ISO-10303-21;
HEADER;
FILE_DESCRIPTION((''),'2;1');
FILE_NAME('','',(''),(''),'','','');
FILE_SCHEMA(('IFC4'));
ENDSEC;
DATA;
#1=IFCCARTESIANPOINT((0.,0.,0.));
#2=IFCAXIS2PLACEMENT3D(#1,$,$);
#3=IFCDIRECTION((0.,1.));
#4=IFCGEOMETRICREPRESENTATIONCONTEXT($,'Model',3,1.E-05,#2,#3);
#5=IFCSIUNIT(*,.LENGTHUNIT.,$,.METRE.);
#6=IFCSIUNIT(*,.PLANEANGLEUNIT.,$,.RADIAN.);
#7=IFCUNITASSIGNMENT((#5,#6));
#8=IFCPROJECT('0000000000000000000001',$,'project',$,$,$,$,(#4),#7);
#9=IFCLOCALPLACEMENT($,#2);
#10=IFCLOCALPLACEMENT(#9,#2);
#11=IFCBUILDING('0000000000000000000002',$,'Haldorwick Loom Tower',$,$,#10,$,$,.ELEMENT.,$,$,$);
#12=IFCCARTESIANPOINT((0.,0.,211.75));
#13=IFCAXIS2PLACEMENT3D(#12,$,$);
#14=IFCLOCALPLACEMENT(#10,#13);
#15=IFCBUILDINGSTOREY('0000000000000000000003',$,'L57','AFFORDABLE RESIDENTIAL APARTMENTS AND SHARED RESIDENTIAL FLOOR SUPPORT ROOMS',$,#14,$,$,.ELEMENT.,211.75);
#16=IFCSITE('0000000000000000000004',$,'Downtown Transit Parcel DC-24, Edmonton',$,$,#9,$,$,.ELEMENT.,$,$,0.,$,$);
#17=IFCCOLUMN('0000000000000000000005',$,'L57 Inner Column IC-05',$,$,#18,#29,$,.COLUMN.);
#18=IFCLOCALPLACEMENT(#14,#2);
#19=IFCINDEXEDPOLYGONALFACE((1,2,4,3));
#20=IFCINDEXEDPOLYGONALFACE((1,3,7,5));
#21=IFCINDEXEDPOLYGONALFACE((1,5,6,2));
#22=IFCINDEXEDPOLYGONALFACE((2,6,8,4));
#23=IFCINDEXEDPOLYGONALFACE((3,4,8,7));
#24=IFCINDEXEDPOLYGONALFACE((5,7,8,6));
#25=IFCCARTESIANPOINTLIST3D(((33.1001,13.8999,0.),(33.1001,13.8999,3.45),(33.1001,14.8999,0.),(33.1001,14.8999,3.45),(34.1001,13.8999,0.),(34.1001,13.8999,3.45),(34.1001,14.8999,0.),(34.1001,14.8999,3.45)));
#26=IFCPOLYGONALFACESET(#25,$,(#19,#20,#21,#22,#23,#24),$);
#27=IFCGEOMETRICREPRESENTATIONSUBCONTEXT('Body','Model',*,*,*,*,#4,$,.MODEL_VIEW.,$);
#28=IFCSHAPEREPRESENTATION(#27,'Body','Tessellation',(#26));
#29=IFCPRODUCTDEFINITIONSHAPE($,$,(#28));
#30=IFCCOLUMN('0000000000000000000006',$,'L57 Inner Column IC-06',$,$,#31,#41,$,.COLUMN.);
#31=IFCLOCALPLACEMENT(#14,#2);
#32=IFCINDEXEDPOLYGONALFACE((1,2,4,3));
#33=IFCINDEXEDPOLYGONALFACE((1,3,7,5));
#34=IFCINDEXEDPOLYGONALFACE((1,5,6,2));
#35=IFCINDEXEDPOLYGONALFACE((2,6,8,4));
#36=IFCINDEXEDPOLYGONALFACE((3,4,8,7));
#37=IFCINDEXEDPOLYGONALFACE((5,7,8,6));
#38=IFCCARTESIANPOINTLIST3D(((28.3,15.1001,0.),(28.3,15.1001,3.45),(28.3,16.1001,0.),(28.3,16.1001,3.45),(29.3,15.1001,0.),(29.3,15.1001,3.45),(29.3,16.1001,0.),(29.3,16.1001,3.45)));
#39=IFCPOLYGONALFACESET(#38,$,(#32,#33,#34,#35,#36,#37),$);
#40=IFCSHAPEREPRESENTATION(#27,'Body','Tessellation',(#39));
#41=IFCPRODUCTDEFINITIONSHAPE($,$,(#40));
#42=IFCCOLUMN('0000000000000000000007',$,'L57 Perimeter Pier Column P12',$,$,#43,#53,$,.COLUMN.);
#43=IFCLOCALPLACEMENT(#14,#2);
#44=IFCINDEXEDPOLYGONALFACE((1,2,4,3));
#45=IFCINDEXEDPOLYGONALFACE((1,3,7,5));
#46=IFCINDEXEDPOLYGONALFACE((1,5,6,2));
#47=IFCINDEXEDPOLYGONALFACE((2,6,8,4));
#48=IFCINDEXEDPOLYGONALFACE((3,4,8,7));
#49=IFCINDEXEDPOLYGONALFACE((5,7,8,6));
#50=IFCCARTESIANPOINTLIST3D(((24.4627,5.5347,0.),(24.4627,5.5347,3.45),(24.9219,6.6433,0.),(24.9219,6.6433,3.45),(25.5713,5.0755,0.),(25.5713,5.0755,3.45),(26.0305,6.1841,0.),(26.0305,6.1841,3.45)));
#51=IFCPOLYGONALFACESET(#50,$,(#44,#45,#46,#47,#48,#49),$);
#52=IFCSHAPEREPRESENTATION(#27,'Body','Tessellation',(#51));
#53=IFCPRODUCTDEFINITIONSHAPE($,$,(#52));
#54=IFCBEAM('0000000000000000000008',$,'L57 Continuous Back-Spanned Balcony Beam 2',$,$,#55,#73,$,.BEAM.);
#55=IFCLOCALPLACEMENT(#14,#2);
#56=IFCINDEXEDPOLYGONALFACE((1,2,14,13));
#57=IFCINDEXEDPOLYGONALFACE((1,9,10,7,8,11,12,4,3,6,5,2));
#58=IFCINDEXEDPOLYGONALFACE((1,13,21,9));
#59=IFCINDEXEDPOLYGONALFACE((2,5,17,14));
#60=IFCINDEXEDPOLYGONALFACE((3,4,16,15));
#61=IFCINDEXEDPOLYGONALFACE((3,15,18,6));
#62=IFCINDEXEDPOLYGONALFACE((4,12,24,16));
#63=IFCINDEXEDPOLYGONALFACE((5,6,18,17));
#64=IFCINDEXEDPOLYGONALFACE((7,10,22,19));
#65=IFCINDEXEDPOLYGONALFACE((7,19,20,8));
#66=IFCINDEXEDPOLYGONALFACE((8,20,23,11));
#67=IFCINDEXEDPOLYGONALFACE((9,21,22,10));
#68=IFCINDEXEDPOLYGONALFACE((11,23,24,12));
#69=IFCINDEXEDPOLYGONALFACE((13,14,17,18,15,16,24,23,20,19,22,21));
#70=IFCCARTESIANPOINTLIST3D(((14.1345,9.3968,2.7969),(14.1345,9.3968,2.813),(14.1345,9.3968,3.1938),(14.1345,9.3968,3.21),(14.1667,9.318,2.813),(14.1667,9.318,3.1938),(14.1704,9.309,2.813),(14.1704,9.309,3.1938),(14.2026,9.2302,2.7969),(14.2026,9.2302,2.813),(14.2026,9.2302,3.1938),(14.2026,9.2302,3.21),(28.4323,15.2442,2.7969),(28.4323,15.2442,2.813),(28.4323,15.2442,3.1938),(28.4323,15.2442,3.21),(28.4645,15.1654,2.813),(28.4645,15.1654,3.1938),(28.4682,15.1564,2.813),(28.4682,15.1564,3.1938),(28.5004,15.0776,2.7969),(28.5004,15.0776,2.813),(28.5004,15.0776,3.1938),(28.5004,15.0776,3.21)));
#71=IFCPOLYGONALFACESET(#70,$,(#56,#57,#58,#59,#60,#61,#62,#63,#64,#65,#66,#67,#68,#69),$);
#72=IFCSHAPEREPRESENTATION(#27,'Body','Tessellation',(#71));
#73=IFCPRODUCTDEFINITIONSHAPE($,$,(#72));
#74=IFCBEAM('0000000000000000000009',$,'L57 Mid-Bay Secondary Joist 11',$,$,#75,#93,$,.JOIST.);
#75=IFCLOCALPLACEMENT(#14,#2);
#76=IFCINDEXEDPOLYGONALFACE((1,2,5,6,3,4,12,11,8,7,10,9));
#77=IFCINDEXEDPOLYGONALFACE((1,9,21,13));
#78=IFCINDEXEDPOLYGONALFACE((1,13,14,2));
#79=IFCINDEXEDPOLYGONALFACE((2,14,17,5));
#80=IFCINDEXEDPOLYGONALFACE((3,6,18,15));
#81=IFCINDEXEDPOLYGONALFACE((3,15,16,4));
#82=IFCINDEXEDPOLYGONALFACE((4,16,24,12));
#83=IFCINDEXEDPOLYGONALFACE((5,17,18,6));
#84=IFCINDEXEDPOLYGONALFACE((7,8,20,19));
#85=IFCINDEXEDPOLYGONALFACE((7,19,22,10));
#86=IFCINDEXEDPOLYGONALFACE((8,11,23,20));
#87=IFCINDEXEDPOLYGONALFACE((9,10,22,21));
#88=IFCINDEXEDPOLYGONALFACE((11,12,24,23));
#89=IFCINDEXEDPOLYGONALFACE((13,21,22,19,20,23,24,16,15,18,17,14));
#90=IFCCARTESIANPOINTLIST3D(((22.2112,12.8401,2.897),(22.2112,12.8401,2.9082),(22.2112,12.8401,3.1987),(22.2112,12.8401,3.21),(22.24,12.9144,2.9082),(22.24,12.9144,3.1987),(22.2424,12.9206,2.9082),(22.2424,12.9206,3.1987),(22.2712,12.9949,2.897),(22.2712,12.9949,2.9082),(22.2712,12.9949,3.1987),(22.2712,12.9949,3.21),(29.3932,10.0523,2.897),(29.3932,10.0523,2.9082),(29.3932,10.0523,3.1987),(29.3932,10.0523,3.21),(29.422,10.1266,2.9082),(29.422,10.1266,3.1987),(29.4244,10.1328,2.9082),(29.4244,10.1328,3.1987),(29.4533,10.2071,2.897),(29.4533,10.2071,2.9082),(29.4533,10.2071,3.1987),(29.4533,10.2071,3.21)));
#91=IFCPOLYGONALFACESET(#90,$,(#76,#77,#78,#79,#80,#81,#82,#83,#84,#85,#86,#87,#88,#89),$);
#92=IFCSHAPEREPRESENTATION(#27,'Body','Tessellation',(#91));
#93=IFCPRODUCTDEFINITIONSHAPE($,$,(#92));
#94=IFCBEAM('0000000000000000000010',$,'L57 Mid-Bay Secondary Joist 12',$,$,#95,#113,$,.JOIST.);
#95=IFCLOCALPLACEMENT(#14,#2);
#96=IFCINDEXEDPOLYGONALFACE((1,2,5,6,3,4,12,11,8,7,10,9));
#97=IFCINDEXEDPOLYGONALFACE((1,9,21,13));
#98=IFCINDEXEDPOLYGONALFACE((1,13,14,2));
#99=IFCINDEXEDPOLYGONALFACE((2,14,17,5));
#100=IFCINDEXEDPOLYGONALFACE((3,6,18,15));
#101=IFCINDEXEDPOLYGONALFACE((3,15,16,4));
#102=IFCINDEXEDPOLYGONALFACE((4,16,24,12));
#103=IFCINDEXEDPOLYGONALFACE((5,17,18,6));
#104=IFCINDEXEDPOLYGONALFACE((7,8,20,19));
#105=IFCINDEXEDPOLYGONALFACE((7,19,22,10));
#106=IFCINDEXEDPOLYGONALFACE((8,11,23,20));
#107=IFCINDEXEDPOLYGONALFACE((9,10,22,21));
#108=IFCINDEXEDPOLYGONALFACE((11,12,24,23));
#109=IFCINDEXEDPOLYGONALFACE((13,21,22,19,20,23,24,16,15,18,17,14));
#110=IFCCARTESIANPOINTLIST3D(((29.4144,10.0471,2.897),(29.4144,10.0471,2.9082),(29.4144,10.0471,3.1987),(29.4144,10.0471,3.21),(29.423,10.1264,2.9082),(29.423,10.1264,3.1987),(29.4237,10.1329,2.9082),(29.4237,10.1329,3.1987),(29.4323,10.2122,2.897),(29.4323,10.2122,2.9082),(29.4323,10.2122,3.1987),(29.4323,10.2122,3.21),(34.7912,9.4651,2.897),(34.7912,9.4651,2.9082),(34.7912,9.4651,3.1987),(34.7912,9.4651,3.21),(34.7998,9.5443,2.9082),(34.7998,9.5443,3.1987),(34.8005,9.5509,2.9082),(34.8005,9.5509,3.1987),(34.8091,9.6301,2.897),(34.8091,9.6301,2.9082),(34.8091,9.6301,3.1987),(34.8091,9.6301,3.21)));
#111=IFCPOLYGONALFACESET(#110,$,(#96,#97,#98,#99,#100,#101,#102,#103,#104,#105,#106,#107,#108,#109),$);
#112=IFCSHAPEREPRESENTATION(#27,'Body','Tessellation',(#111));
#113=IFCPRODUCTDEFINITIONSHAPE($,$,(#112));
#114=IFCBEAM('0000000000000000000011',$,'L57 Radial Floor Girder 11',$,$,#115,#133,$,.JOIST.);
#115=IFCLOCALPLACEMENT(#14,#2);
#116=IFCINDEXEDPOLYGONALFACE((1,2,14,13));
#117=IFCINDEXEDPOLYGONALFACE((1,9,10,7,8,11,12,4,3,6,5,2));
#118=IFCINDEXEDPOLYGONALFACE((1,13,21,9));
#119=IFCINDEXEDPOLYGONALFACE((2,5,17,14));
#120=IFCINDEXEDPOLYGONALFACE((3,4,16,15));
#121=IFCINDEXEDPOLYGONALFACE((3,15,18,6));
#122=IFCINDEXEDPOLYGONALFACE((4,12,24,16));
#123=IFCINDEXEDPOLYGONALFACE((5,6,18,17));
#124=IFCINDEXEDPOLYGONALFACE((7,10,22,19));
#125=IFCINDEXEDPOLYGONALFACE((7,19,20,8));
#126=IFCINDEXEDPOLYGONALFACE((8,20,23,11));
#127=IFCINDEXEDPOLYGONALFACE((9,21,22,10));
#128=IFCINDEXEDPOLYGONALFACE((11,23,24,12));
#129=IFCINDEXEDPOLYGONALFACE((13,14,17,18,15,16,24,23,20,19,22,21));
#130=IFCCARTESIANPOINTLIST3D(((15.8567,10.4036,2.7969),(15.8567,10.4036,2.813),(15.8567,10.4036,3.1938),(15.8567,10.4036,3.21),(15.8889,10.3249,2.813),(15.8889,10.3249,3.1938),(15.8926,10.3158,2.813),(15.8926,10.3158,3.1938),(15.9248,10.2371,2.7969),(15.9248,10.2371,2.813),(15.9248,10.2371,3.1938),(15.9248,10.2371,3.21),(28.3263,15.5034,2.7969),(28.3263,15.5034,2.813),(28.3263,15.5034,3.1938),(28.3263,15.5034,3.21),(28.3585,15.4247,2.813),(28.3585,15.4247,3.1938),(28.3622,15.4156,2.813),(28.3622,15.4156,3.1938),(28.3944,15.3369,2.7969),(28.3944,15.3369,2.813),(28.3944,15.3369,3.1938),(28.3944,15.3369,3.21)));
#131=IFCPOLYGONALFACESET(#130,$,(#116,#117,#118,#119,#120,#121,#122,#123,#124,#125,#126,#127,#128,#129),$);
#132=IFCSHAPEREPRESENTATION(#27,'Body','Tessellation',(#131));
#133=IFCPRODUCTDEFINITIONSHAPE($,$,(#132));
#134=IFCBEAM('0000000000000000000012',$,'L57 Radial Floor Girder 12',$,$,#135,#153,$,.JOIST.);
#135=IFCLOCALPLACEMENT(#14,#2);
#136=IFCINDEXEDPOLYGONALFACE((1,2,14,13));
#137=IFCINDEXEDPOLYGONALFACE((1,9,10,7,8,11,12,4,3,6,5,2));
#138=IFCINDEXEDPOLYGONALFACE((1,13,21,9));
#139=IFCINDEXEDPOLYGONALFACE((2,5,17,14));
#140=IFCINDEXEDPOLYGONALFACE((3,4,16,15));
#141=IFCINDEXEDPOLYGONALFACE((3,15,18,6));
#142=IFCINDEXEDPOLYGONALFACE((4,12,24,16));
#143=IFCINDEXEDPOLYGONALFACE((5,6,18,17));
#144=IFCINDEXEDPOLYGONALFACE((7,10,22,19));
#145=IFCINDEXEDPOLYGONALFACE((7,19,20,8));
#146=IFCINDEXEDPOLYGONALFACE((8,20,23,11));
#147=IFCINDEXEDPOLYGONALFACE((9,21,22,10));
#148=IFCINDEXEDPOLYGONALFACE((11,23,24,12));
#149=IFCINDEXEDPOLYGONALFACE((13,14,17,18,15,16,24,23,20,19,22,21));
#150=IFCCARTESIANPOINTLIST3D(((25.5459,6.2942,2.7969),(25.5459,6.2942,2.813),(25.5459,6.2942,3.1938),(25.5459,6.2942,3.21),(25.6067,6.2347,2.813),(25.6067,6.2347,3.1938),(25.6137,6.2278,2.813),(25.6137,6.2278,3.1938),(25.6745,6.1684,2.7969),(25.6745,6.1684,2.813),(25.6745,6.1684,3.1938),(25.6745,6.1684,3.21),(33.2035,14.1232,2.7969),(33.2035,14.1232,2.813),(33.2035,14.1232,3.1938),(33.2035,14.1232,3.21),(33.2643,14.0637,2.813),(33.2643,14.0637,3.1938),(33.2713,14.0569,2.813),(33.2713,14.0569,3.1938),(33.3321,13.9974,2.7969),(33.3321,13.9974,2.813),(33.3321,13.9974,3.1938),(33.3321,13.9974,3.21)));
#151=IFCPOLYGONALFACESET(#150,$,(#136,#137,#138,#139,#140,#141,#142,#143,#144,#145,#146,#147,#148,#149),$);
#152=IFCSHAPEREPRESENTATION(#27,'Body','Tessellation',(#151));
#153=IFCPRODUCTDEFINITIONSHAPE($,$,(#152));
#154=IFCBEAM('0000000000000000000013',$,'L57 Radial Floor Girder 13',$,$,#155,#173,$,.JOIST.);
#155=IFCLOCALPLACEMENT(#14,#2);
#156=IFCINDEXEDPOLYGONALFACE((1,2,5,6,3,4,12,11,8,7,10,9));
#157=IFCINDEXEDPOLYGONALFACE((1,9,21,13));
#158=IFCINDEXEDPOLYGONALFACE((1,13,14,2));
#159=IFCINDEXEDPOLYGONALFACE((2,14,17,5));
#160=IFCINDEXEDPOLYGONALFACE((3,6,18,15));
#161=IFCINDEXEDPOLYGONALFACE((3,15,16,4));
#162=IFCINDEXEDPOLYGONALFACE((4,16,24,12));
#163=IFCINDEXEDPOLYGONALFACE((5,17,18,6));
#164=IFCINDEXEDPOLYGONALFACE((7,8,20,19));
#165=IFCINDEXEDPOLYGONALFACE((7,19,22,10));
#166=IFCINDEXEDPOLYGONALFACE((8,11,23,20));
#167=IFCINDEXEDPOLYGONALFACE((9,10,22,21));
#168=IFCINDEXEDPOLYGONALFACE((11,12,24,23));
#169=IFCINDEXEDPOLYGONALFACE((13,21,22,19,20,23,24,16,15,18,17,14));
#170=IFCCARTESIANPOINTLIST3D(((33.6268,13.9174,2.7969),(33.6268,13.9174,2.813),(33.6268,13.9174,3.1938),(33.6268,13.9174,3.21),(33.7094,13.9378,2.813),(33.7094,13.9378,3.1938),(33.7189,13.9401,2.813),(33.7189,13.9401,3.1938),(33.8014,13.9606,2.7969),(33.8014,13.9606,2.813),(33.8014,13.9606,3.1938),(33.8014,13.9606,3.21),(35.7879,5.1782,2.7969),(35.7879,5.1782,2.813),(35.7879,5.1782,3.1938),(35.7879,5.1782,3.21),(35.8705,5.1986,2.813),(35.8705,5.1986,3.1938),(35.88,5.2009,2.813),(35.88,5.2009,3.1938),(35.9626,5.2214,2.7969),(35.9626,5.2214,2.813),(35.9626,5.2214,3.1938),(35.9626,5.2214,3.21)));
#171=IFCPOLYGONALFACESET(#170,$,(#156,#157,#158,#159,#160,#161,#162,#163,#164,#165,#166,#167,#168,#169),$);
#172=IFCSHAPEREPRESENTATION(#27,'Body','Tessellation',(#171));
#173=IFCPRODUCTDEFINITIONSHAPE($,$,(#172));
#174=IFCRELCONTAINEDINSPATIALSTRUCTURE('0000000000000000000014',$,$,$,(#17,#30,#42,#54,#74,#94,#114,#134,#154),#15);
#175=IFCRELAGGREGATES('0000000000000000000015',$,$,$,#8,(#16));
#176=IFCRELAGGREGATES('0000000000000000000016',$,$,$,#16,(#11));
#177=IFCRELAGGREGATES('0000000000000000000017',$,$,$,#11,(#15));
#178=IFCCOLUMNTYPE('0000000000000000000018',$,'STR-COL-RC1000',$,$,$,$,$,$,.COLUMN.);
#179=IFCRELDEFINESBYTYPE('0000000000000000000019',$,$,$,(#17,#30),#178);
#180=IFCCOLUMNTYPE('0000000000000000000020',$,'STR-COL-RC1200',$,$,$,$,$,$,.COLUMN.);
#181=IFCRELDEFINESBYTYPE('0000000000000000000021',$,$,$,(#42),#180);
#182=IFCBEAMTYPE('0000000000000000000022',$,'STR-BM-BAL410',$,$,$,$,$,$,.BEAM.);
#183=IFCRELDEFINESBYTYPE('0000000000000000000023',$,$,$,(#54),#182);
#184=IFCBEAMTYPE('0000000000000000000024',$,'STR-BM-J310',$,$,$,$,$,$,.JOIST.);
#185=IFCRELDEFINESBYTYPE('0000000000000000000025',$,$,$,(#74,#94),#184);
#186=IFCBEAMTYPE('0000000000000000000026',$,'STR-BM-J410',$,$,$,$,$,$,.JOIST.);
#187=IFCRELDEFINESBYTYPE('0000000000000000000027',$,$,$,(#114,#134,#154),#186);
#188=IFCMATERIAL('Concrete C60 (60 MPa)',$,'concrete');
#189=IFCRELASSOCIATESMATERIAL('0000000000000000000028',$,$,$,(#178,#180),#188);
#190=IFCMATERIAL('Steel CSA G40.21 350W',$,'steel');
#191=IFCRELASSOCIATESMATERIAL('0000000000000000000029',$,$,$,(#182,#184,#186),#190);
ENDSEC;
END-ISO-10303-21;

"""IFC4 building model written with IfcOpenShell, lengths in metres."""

from ifc_helpers import new_model, si_unit, direction, frame, origin, origin_2d, place, context, subcontext, project, spatial, rectangle, i_section, extrude, material, material_profile, profile_set, type_object, element, save


model = new_model("IFC4")

# Units and contexts
model_context = context("Model", 3, precision=1e-05, world=origin(), true_north=direction((0.0, 1.0)))
body_context = subcontext(model_context, "Body", "Model", "MODEL_VIEW")
ifc_project = project(units=[si_unit("LENGTHUNIT", "METRE"), si_unit("PLANEANGLEUNIT", "RADIAN")], contexts=[model_context])

# Site, building, storey
site_placement = place(None, origin())
site = spatial("IfcSite", under=ifc_project, at=site_placement, Name="Downtown Transit Parcel DC-24, Edmonton", CompositionType="ELEMENT", RefElevation=0.0)
building_placement = place(site_placement, origin())
building = spatial("IfcBuilding", under=site, at=building_placement, Name="Haldorwick Loom Tower", CompositionType="ELEMENT")
storey_placement = place(building_placement, frame((0.0, 0.0, 211.75)))
storey = spatial("IfcBuildingStorey", under=building, at=storey_placement, Name="L57", Description="AFFORDABLE RESIDENTIAL APARTMENTS AND SHARED RESIDENTIAL FLOOR SUPPORT ROOMS", CompositionType="ELEMENT", Elevation=211.75)

# Columns
ifc_material_1 = material(Name="Concrete C60 (60 MPa)", Category="concrete")
ifc_material_profile_1 = material_profile(ifc_material_1, rectangle(XDim=1.0, YDim=1.0, at=origin_2d()), Name="RC1000X1000", Category="concrete")
ifc_profile_set_1 = profile_set([ifc_material_profile_1], Name="Concrete C60 (60 MPa)")
column_type_1 = type_object("IfcColumnType", Name="STR-COL-RC1000", PredefinedType="COLUMN", material=ifc_profile_set_1)
for number, where, z_axis, x_axis, name in (
    (1, (33.6001, 14.3999, 0.0), (0.0, 0.0, 1.0), (1.0, 0.0, 0.0), "L57 Inner Column IC-05"),
    (2, (28.8, 15.6001, 0.0), (0.0, 0.0, 1.0), (1.0, 0.0, 0.0), "L57 Inner Column IC-06"),
):
    element("IfcColumn", number, at=place(storey_placement, frame(where, z_axis=z_axis, x_axis=x_axis)), inside=storey, type_object=column_type_1, Name=name, PredefinedType="COLUMN", context=body_context, shape_type="SweptSolid", body=[
        extrude(rectangle(XDim=1.0, YDim=1.0, at=origin_2d()), origin(), (0.0, 0.0, 1.0), 3.45),
    ])
ifc_material_profile_2 = material_profile(ifc_material_1, rectangle(XDim=1.2, YDim=1.2, at=origin_2d()), Name="RC1200X1200", Category="concrete")
ifc_profile_set_2 = profile_set([ifc_material_profile_2], Name="Concrete C60 (60 MPa)")
column_type_2 = type_object("IfcColumnType", Name="STR-COL-RC1200", PredefinedType="COLUMN", material=ifc_profile_set_2)
column_placement = place(storey_placement, frame((25.2466, 5.8594, 0.0), z_axis=(0.0, 0.0, 1.0), x_axis=(-0.382683, -0.92388, 0.0)))
element("IfcColumn", 3, at=column_placement, inside=storey, type_object=column_type_2, Name="L57 Perimeter Pier Column P12", PredefinedType="COLUMN", context=body_context, shape_type="SweptSolid", body=[
    extrude(rectangle(XDim=1.2, YDim=1.2, at=origin_2d()), origin(), (0.0, 0.0, 1.0), 3.45),
])

# Beams
ifc_material_2 = material(Name="Steel CSA G40.21 350W", Category="steel")
ifc_material_profile_3 = material_profile(ifc_material_2, i_section(OverallWidth=0.1799, OverallDepth=0.4131, WebThickness=0.0098, FlangeThickness=0.0161, at=origin_2d()), Name="W410X74", Category="steel")
ifc_profile_set_3 = profile_set([ifc_material_profile_3], Name="Steel CSA G40.21 350W")
beam_type_1 = type_object("IfcBeamType", Name="STR-BM-BAL410", PredefinedType="BEAM", material=ifc_profile_set_3)
beam_1_placement = place(storey_placement, frame((28.4663, 15.1609, 3.0034), z_axis=(-0.925586, -0.378538, 0.0), x_axis=(0.378538, -0.925586, 0.0)))
element("IfcBeam", 4, at=beam_1_placement, inside=storey, type_object=beam_type_1, Name="L57 Continuous Back-Spanned Balcony Beam 2", PredefinedType="BEAM", context=body_context, shape_type="SweptSolid", body=[
    extrude(i_section(OverallWidth=0.1799, OverallDepth=0.4131, WebThickness=0.0098, FlangeThickness=0.0161, at=origin_2d()), origin(), (0.0, 0.0, 1.0), 15.4473),
])
ifc_material_profile_4 = material_profile(ifc_material_2, i_section(OverallWidth=0.166, OverallDepth=0.313, WebThickness=0.0066, FlangeThickness=0.0112, at=origin_2d()), Name="W310X45", Category="steel")
ifc_profile_set_4 = profile_set([ifc_material_profile_4], Name="Steel CSA G40.21 350W")
beam_type_2 = type_object("IfcBeamType", Name="STR-BM-J310", PredefinedType="JOIST", material=ifc_profile_set_4)
beam_2_placement = place(storey_placement, frame((22.2412, 12.9175, 3.0535), z_axis=(0.932233, -0.361859, 0.0), x_axis=(0.361859, 0.932233, 0.0)))
element("IfcBeam", 5, at=beam_2_placement, inside=storey, type_object=beam_type_2, Name="L57 Mid-Bay Secondary Joist 11", PredefinedType="JOIST", context=body_context, shape_type="SweptSolid", body=[
    extrude(i_section(OverallWidth=0.166, OverallDepth=0.313, WebThickness=0.0066, FlangeThickness=0.0112, at=origin_2d()), origin(), (0.0, 0.0, 1.0), 7.7041),
])
beam_3_placement = place(storey_placement, frame((29.4233, 10.1296, 3.0535), z_axis=(0.994192, -0.107622, 0.0), x_axis=(0.107622, 0.994192, 0.0)))
element("IfcBeam", 6, at=beam_3_placement, inside=storey, type_object=beam_type_2, Name="L57 Mid-Bay Secondary Joist 12", PredefinedType="JOIST", context=body_context, shape_type="SweptSolid", body=[
    extrude(i_section(OverallWidth=0.166, OverallDepth=0.313, WebThickness=0.0066, FlangeThickness=0.0112, at=origin_2d()), origin(), (0.0, 0.0, 1.0), 5.4082),
])
ifc_material_profile_5 = material_profile(ifc_material_2, i_section(OverallWidth=0.1799, OverallDepth=0.4131, WebThickness=0.0098, FlangeThickness=0.0161, at=origin_2d()), Name="W410X74", Category="steel")
ifc_profile_set_5 = profile_set([ifc_material_profile_5], Name="Steel CSA G40.21 350W")
beam_type_3 = type_object("IfcBeamType", Name="STR-BM-J410", PredefinedType="JOIST", material=ifc_profile_set_5)
beam_4_placement = place(storey_placement, frame((28.3604, 15.4202, 3.0034), z_axis=(-0.925583, -0.378544, 0.0), x_axis=(0.378544, -0.925583, 0.0)))
element("IfcBeam", 7, at=beam_4_placement, inside=storey, type_object=beam_type_3, Name="L57 Radial Floor Girder 11", PredefinedType="JOIST", context=body_context, shape_type="SweptSolid", body=[
    extrude(i_section(OverallWidth=0.1799, OverallDepth=0.4131, WebThickness=0.0098, FlangeThickness=0.0161, at=origin_2d()), origin(), (0.0, 0.0, 1.0), 13.4722),
])
beam_5_placement = place(storey_placement, frame((33.2678, 14.0603, 3.0034), z_axis=(-0.699239, -0.714888, 0.0), x_axis=(0.714888, -0.699239, 0.0)))
element("IfcBeam", 8, at=beam_5_placement, inside=storey, type_object=beam_type_3, Name="L57 Radial Floor Girder 12", PredefinedType="JOIST", context=body_context, shape_type="SweptSolid", body=[
    extrude(i_section(OverallWidth=0.1799, OverallDepth=0.4131, WebThickness=0.0098, FlangeThickness=0.0161, at=origin_2d()), origin(), (0.0, 0.0, 1.0), 10.9514),
])
beam_6_placement = place(storey_placement, frame((33.7141, 13.939, 3.0034), z_axis=(0.240059, -0.970758, 0.0), x_axis=(0.970758, 0.240059, 0.0)))
element("IfcBeam", 9, at=beam_6_placement, inside=storey, type_object=beam_type_3, Name="L57 Radial Floor Girder 13", PredefinedType="JOIST", context=body_context, shape_type="SweptSolid", body=[
    extrude(i_section(OverallWidth=0.1799, OverallDepth=0.4131, WebThickness=0.0098, FlangeThickness=0.0161, at=origin_2d()), origin(), (0.0, 0.0, 1.0), 9.0024),
])

save(model, "model.ifc")
